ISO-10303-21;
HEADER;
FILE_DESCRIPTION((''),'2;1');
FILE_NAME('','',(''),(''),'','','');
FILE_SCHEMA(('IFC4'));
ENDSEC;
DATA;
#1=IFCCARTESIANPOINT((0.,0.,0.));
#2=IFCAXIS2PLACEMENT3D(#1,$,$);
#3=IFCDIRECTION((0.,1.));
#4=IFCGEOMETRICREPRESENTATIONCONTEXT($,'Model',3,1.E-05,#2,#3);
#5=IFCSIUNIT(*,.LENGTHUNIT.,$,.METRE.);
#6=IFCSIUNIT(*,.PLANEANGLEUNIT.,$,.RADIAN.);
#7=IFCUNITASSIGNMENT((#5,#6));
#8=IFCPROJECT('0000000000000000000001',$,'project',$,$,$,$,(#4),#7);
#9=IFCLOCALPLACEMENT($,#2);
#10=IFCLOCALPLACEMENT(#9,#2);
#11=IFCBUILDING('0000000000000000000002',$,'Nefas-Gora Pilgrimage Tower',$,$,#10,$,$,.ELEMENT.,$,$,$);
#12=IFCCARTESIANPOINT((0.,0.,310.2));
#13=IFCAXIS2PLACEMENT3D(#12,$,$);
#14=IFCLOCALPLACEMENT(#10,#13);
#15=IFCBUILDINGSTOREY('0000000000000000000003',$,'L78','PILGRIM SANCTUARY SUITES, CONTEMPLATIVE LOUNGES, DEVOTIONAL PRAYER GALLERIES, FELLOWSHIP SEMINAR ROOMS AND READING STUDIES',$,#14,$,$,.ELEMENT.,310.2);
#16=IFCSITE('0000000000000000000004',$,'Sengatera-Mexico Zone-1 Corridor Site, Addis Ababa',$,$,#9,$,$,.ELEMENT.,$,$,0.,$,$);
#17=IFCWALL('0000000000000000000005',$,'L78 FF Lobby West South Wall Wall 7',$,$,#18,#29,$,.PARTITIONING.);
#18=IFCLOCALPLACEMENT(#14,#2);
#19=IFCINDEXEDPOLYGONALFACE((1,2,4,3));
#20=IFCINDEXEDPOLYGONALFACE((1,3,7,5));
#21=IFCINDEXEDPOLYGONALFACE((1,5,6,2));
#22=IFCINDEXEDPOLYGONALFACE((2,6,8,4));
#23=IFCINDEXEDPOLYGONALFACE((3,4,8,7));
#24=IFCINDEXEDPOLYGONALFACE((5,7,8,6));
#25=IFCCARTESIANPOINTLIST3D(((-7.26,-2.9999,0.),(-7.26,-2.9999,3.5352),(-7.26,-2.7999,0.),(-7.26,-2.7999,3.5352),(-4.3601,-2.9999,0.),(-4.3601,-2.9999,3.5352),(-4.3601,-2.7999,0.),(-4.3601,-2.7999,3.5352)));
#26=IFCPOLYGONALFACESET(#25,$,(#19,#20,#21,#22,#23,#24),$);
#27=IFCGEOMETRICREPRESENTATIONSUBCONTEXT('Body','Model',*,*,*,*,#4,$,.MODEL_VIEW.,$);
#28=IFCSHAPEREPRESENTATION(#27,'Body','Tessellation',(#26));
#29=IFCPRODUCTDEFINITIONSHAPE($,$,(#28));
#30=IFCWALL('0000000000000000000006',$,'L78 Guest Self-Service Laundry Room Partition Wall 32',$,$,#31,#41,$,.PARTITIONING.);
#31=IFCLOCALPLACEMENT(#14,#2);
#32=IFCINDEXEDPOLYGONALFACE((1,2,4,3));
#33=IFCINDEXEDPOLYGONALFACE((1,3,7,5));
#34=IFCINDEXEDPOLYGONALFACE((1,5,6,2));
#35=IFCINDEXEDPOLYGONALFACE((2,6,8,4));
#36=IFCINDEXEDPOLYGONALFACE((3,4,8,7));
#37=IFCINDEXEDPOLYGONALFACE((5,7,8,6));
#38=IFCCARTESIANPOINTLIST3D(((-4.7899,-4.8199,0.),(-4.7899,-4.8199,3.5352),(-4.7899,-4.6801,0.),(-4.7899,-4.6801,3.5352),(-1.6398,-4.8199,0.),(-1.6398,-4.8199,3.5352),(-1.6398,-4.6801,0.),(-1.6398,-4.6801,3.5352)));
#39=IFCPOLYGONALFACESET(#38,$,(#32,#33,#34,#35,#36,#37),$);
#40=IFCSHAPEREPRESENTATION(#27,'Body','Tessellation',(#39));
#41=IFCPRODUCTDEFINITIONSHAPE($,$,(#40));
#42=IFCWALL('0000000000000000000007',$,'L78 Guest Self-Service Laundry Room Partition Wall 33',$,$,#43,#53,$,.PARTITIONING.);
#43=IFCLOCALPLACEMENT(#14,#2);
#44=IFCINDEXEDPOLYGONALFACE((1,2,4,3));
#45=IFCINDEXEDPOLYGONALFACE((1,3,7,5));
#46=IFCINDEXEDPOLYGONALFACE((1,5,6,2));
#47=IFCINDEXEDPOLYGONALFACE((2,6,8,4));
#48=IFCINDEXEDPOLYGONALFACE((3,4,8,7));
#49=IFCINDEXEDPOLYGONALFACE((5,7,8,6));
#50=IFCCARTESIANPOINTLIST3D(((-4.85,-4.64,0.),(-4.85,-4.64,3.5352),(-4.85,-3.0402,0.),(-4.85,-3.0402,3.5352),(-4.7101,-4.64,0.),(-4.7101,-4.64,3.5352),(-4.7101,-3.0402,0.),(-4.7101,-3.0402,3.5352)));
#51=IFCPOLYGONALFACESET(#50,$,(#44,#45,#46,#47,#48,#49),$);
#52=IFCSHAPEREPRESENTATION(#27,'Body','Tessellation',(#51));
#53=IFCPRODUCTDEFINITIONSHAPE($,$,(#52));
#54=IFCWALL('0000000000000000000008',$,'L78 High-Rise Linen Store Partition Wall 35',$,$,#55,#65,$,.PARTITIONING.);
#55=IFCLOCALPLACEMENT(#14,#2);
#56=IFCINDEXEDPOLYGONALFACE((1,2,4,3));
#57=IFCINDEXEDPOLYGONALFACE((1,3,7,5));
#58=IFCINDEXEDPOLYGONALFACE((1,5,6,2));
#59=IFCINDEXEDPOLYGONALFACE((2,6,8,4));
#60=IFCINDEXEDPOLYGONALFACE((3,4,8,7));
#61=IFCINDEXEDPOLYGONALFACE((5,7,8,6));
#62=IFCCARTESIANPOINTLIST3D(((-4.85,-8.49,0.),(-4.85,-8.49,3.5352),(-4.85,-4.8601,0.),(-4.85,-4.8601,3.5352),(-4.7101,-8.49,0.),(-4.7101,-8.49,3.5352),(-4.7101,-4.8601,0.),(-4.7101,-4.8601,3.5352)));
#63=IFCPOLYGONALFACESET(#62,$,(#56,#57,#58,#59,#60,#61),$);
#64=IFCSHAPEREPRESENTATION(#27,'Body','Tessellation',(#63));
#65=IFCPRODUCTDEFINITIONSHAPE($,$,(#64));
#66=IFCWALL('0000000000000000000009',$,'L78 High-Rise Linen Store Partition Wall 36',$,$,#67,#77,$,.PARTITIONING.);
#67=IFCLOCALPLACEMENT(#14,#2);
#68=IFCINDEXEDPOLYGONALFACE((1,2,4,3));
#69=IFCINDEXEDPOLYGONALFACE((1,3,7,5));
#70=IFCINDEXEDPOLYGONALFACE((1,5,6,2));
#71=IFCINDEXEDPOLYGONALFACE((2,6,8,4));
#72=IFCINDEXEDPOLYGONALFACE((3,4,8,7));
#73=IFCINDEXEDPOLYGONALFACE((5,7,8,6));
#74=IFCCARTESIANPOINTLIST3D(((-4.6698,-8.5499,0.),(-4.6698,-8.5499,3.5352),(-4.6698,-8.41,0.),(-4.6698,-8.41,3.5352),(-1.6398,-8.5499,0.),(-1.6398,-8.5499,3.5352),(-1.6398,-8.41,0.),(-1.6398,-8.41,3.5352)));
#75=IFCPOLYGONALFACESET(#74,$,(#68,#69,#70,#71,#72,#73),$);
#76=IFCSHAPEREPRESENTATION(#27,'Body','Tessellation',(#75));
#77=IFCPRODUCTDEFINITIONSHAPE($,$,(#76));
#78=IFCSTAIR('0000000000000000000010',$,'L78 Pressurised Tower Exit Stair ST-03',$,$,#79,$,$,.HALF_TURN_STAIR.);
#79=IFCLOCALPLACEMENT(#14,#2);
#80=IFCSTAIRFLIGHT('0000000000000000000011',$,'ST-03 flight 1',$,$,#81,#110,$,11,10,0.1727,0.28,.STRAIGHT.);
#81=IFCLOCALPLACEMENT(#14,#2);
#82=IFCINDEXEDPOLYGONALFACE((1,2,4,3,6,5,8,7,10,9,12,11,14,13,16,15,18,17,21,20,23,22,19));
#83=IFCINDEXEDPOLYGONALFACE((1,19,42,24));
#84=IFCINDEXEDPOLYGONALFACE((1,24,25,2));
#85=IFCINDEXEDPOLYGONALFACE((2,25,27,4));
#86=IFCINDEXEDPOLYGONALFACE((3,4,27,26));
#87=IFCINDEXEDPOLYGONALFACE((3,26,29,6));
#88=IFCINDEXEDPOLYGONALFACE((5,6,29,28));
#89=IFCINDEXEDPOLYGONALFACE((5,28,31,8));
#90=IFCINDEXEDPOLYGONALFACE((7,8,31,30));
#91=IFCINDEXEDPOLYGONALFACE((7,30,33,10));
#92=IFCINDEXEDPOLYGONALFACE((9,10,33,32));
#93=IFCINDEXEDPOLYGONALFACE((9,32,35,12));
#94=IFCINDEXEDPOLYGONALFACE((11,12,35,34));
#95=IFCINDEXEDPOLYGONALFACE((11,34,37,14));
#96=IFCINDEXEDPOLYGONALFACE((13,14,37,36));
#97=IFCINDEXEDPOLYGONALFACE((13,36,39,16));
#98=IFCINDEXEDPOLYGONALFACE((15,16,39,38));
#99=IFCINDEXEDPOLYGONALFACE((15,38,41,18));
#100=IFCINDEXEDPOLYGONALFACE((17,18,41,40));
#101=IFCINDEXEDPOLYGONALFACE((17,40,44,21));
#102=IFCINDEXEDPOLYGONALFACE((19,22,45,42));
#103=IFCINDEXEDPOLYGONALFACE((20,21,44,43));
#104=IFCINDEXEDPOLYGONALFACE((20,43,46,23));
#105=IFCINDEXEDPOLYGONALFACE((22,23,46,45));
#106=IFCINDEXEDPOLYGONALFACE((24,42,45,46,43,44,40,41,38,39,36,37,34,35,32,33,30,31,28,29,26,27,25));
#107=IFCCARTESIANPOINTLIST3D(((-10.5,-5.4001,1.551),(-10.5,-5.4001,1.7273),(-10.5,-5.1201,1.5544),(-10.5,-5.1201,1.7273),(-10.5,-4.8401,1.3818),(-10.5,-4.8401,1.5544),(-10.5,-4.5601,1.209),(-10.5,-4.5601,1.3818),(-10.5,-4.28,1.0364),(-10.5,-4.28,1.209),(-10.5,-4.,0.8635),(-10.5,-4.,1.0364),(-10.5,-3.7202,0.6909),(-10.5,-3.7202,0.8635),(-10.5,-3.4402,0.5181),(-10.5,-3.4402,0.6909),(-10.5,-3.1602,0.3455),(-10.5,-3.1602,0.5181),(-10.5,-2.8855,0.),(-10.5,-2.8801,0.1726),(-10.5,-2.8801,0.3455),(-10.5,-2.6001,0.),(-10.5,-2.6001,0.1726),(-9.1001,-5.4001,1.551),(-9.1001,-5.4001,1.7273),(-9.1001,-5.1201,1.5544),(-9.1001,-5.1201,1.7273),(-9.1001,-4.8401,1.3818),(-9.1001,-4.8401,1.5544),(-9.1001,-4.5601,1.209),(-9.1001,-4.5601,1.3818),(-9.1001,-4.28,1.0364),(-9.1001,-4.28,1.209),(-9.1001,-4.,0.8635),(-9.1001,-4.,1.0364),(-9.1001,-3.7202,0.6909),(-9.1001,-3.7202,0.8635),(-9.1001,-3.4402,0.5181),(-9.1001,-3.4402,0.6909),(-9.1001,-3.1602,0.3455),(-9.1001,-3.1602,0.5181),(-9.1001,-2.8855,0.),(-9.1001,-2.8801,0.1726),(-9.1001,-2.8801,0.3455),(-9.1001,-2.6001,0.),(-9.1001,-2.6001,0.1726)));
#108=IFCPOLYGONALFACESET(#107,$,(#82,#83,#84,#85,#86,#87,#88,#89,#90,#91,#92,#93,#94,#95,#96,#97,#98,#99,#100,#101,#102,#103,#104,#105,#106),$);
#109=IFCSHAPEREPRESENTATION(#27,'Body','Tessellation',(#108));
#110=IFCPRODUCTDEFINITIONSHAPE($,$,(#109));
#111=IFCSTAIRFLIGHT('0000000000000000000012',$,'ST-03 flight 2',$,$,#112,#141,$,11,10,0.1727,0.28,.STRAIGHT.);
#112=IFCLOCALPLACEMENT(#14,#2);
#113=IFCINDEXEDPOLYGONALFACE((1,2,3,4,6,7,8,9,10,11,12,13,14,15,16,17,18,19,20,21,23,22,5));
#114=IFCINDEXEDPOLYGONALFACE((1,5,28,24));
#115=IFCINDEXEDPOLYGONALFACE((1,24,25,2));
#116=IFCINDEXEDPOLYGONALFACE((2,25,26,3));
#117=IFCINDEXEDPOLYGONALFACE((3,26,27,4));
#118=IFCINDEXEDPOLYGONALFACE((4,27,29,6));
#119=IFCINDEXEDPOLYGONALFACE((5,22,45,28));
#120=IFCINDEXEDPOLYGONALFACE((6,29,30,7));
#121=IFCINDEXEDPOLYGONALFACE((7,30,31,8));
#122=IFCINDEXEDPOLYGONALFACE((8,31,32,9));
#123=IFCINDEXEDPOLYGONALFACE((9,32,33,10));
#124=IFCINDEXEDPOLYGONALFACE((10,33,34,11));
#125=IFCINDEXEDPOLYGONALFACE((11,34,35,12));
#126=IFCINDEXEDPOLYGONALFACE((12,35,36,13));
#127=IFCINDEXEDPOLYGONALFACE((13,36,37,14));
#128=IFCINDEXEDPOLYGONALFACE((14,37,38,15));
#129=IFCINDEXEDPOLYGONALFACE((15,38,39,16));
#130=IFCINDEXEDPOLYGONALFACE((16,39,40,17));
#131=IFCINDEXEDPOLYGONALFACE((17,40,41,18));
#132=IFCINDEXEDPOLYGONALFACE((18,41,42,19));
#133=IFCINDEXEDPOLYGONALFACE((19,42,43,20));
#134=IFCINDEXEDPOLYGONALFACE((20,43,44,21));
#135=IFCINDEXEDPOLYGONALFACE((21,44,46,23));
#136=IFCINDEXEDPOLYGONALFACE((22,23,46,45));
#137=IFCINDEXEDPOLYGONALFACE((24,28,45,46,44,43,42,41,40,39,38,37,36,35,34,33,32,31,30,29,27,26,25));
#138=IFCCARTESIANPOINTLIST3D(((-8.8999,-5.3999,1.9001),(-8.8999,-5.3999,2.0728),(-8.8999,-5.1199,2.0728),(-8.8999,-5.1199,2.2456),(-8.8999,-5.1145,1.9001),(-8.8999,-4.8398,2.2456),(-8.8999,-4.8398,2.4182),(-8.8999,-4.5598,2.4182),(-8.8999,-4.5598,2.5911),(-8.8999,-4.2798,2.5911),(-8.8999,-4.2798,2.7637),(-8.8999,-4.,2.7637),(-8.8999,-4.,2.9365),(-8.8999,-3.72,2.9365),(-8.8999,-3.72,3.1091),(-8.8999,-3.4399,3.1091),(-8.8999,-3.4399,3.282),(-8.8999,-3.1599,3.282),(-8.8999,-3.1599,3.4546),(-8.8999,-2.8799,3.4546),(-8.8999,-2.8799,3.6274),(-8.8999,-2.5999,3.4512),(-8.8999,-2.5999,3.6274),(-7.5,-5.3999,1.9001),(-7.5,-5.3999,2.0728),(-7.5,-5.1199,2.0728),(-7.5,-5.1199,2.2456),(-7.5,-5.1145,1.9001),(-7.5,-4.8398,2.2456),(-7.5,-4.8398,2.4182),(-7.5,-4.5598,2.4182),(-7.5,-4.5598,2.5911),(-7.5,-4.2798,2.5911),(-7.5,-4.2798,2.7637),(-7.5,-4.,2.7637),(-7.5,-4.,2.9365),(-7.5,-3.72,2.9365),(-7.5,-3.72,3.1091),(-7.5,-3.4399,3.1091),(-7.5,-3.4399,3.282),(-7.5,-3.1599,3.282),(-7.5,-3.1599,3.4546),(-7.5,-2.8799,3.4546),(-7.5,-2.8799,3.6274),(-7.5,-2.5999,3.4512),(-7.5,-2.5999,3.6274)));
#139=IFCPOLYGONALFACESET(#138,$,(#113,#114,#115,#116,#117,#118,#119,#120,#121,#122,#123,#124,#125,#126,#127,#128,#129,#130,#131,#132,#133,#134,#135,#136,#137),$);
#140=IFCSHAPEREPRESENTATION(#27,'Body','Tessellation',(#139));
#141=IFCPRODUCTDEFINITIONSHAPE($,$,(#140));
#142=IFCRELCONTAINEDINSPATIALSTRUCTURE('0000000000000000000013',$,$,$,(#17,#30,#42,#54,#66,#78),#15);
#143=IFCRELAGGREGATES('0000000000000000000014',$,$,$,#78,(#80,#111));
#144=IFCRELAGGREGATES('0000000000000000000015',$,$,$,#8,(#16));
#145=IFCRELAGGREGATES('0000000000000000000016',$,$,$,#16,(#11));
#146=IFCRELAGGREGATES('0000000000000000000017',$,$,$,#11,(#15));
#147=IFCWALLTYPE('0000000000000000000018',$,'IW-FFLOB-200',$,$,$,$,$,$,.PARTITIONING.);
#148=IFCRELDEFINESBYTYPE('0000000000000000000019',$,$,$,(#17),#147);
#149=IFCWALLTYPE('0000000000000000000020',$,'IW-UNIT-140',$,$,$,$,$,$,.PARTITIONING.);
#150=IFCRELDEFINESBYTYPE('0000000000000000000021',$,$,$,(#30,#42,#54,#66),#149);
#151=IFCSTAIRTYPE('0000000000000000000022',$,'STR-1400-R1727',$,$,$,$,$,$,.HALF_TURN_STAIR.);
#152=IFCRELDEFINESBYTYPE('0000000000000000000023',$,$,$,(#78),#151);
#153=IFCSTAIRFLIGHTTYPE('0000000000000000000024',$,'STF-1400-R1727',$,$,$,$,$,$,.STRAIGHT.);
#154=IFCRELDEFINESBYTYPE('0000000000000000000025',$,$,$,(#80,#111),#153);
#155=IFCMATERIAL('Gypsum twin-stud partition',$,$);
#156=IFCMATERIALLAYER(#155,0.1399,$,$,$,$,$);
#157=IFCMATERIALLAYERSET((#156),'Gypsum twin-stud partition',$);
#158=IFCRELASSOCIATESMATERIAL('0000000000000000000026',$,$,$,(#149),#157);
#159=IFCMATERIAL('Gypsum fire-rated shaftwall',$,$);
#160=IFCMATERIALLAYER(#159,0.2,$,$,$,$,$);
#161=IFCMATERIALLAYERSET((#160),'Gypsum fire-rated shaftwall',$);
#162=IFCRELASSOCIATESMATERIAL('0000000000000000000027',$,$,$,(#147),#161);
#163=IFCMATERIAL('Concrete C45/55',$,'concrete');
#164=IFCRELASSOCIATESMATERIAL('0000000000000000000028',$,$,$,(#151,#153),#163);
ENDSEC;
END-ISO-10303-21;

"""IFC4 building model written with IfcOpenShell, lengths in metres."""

from ifc_helpers import new_model, si_unit, direction, frame, frame_2d, origin, place, context, subcontext, project, spatial, polyline, rectangle, outline, extrude, source, transform, mapped, material, layer, layer_set, type_object, element, aggregate, save


model = new_model("IFC4")

# Units and contexts
model_context = context("Model", 3, precision=1e-05, world=origin(), true_north=direction((0.0, 1.0)))
body_context = subcontext(model_context, "Body", "Model", "MODEL_VIEW")
ifc_project = project(units=[si_unit("LENGTHUNIT", "METRE"), si_unit("PLANEANGLEUNIT", "RADIAN")], contexts=[model_context])

# Site, building, storey
site_placement = place(None, origin())
site = spatial("IfcSite", under=ifc_project, at=site_placement, Name="Sengatera-Mexico Zone-1 Corridor Site, Addis Ababa", CompositionType="ELEMENT", RefElevation=0.0)
building_placement = place(site_placement, origin())
building = spatial("IfcBuilding", under=site, at=building_placement, Name="Nefas-Gora Pilgrimage Tower", CompositionType="ELEMENT")
storey_placement = place(building_placement, frame((0.0, 0.0, 310.2)))
storey = spatial("IfcBuildingStorey", under=building, at=storey_placement, Name="L78", Description="PILGRIM SANCTUARY SUITES, CONTEMPLATIVE LOUNGES, DEVOTIONAL PRAYER GALLERIES, FELLOWSHIP SEMINAR ROOMS AND READING STUDIES", CompositionType="ELEMENT", Elevation=310.2)

# Shared definitions
ifc_material_1 = material(Name="Concrete C45/55", Category="concrete")

# Walls
ifc_material_2 = material(Name="Gypsum twin-stud partition")
ifc_layer_1 = layer(ifc_material_2, 0.1399)
ifc_layer_set_1 = layer_set([ifc_layer_1], Name="Gypsum twin-stud partition")
wall_type_1 = type_object("IfcWallType", Name="IW-UNIT-140", PredefinedType="PARTITIONING", material=ifc_layer_set_1)
ifc_material_3 = material(Name="Gypsum fire-rated shaftwall")
ifc_layer_2 = layer(ifc_material_3, 0.2)
ifc_layer_set_2 = layer_set([ifc_layer_2], Name="Gypsum fire-rated shaftwall")
wall_type_2 = type_object("IfcWallType", Name="IW-FFLOB-200", PredefinedType="PARTITIONING", material=ifc_layer_set_2)
shared_shape_1 = source(origin(), body_context, "Body", "SweptSolid", [
    extrude(rectangle(XDim=2.8999, YDim=0.2, at=frame_2d((1.45, 0.0))), origin(), (0.0, 0.0, 1.0), 3.5352),
])
wall_1_placement = place(storey_placement, frame((-7.26, -2.8999, 0.0), z_axis=(0.0, 0.0, 1.0), x_axis=(1.0, 0.0, 0.0)))
element("IfcWall", 1, at=wall_1_placement, inside=storey, type_object=wall_type_2, Name="L78 FF Lobby West South Wall Wall 7", PredefinedType="PARTITIONING", context=body_context, shape_type="MappedRepresentation", body=[
    mapped(shared_shape_1, transform((0.0, 0.0, 0.0), x_axis=(1.0, 0.0, 0.0), y_axis=(0.0, 1.0, 0.0), z_axis=(0.0, 0.0, 1.0), scale=1.0)),
])
shared_shape_2 = source(origin(), body_context, "Body", "SweptSolid", [
    extrude(rectangle(XDim=3.1501, YDim=0.1399, at=frame_2d((1.5752, 0.0))), origin(), (0.0, 0.0, 1.0), 3.5352),
])
wall_2_placement = place(storey_placement, frame((-4.79, -4.75, 0.0), z_axis=(0.0, 0.0, 1.0), x_axis=(1.0, 0.0, 0.0)))
element("IfcWall", 2, at=wall_2_placement, inside=storey, type_object=wall_type_1, Name="L78 Guest Self-Service Laundry Room Partition Wall 32", PredefinedType="PARTITIONING", context=body_context, shape_type="MappedRepresentation", body=[
    mapped(shared_shape_2, transform((0.0, 0.0, 0.0), x_axis=(1.0, 0.0, 0.0), y_axis=(0.0, 1.0, 0.0), z_axis=(0.0, 0.0, 1.0), scale=1.0)),
])
shared_shape_3 = source(origin(), body_context, "Body", "SweptSolid", [
    extrude(rectangle(XDim=1.5999, YDim=0.1399, at=frame_2d((0.7998, 0.0))), origin(), (0.0, 0.0, 1.0), 3.5352),
])
wall_3_placement = place(storey_placement, frame((-4.78, -4.6399, 0.0), z_axis=(0.0, 0.0, 1.0), x_axis=(0.0, 1.0, 0.0)))
element("IfcWall", 3, at=wall_3_placement, inside=storey, type_object=wall_type_1, Name="L78 Guest Self-Service Laundry Room Partition Wall 33", PredefinedType="PARTITIONING", context=body_context, shape_type="MappedRepresentation", body=[
    mapped(shared_shape_3, transform((0.0, 0.0, 0.0), x_axis=(1.0, 0.0, 0.0), y_axis=(0.0, 1.0, 0.0), z_axis=(0.0, 0.0, 1.0), scale=1.0)),
])
shared_shape_4 = source(origin(), body_context, "Body", "SweptSolid", [
    extrude(rectangle(XDim=3.6299, YDim=0.1399, at=frame_2d((1.8149, 0.0))), origin(), (0.0, 0.0, 1.0), 3.5352),
])
wall_4_placement = place(storey_placement, frame((-4.78, -8.49, 0.0), z_axis=(0.0, 0.0, 1.0), x_axis=(0.0, 1.0, 0.0)))
element("IfcWall", 4, at=wall_4_placement, inside=storey, type_object=wall_type_1, Name="L78 High-Rise Linen Store Partition Wall 35", PredefinedType="PARTITIONING", context=body_context, shape_type="MappedRepresentation", body=[
    mapped(shared_shape_4, transform((0.0, 0.0, 0.0), x_axis=(1.0, 0.0, 0.0), y_axis=(0.0, 1.0, 0.0), z_axis=(0.0, 0.0, 1.0), scale=1.0)),
])
shared_shape_5 = source(origin(), body_context, "Body", "SweptSolid", [
    extrude(rectangle(XDim=3.03, YDim=0.1399, at=frame_2d((1.5151, 0.0))), origin(), (0.0, 0.0, 1.0), 3.5352),
])
wall_5_placement = place(storey_placement, frame((-4.6699, -8.48, 0.0), z_axis=(0.0, 0.0, 1.0), x_axis=(1.0, 0.0, 0.0)))
element("IfcWall", 5, at=wall_5_placement, inside=storey, type_object=wall_type_1, Name="L78 High-Rise Linen Store Partition Wall 36", PredefinedType="PARTITIONING", context=body_context, shape_type="MappedRepresentation", body=[
    mapped(shared_shape_5, transform((0.0, 0.0, 0.0), x_axis=(1.0, 0.0, 0.0), y_axis=(0.0, 1.0, 0.0), z_axis=(0.0, 0.0, 1.0), scale=1.0)),
])

# Stair, stair flights
stair_type = type_object("IfcStairType", Name="STR-1400-R1727", PredefinedType="HALF_TURN_STAIR", material=ifc_material_1)
stair_placement = place(storey_placement, origin())
stair = element("IfcStair", 6, at=stair_placement, inside=storey, type_object=stair_type, Name="L78 Pressurised Tower Exit Stair ST-03", PredefinedType="HALF_TURN_STAIR")
stair_flight_type = type_object("IfcStairFlightType", Name="STF-1400-R1727", PredefinedType="STRAIGHT", material=ifc_material_1)
shared_shape_6 = source(origin(), body_context, "Body", "SweptSolid", [
    extrude(outline(polyline([(0.0, 0.0), (0.0, 0.1726), (0.28, 0.1726), (0.28, 0.3455), (0.5601, 0.3455), (0.5601, 0.5181), (0.8401, 0.5181), (0.8401, 0.6909), (1.1201, 0.6909), (1.1201, 0.8635), (1.3999, 0.8635), (1.3999, 1.0364), (1.6799, 1.0364), (1.6799, 1.209), (1.96, 1.209), (1.96, 1.3818), (2.24, 1.3818), (2.24, 1.5544), (2.52, 1.5544), (2.52, 1.7273), (2.8, 1.7273), (2.8, 1.8999), (2.8, 1.551), (0.2854, 0.0), (0.0, 0.0)])), frame((0.0, 0.7, 0.0), z_axis=(0.0, -1.0, 0.0), x_axis=(1.0, 0.0, 0.0)), (0.0, 0.0, 1.0), 1.3999),
])
stair_flight_1_placement = place(storey_placement, frame((-9.8, -2.6001, 0.0), z_axis=(0.0, 0.0, 1.0), x_axis=(0.0, -1.0, 0.0)))
stair_flight_1 = element("IfcStairFlight", 7, at=stair_flight_1_placement, type_object=stair_flight_type, Name="ST-03 flight 1", NumberOfRisers=11, NumberOfTreads=10, PredefinedType="STRAIGHT", RiserHeight=0.1727, TreadLength=0.28, context=body_context, shape_type="MappedRepresentation", body=[
    mapped(shared_shape_6, transform((0.0, 0.0, 0.0), x_axis=(1.0, 0.0, 0.0), y_axis=(0.0, 1.0, 0.0), z_axis=(0.0, 0.0, 1.0), scale=1.0)),
])
stair_flight_2_placement = place(storey_placement, frame((-8.2, -5.3999, 1.9001), z_axis=(0.0, 0.0, 1.0), x_axis=(0.0, 1.0, 0.0)))
stair_flight_2 = element("IfcStairFlight", 8, at=stair_flight_2_placement, type_object=stair_flight_type, Name="ST-03 flight 2", NumberOfRisers=11, NumberOfTreads=10, PredefinedType="STRAIGHT", RiserHeight=0.1727, TreadLength=0.28, context=body_context, shape_type="MappedRepresentation", body=[
    mapped(shared_shape_6, transform((0.0, 0.0, 0.0), x_axis=(1.0, 0.0, 0.0), y_axis=(0.0, 1.0, 0.0), z_axis=(0.0, 0.0, 1.0), scale=1.0)),
])
aggregate(stair, [stair_flight_1, stair_flight_2])

save(model, "model.ifc")
